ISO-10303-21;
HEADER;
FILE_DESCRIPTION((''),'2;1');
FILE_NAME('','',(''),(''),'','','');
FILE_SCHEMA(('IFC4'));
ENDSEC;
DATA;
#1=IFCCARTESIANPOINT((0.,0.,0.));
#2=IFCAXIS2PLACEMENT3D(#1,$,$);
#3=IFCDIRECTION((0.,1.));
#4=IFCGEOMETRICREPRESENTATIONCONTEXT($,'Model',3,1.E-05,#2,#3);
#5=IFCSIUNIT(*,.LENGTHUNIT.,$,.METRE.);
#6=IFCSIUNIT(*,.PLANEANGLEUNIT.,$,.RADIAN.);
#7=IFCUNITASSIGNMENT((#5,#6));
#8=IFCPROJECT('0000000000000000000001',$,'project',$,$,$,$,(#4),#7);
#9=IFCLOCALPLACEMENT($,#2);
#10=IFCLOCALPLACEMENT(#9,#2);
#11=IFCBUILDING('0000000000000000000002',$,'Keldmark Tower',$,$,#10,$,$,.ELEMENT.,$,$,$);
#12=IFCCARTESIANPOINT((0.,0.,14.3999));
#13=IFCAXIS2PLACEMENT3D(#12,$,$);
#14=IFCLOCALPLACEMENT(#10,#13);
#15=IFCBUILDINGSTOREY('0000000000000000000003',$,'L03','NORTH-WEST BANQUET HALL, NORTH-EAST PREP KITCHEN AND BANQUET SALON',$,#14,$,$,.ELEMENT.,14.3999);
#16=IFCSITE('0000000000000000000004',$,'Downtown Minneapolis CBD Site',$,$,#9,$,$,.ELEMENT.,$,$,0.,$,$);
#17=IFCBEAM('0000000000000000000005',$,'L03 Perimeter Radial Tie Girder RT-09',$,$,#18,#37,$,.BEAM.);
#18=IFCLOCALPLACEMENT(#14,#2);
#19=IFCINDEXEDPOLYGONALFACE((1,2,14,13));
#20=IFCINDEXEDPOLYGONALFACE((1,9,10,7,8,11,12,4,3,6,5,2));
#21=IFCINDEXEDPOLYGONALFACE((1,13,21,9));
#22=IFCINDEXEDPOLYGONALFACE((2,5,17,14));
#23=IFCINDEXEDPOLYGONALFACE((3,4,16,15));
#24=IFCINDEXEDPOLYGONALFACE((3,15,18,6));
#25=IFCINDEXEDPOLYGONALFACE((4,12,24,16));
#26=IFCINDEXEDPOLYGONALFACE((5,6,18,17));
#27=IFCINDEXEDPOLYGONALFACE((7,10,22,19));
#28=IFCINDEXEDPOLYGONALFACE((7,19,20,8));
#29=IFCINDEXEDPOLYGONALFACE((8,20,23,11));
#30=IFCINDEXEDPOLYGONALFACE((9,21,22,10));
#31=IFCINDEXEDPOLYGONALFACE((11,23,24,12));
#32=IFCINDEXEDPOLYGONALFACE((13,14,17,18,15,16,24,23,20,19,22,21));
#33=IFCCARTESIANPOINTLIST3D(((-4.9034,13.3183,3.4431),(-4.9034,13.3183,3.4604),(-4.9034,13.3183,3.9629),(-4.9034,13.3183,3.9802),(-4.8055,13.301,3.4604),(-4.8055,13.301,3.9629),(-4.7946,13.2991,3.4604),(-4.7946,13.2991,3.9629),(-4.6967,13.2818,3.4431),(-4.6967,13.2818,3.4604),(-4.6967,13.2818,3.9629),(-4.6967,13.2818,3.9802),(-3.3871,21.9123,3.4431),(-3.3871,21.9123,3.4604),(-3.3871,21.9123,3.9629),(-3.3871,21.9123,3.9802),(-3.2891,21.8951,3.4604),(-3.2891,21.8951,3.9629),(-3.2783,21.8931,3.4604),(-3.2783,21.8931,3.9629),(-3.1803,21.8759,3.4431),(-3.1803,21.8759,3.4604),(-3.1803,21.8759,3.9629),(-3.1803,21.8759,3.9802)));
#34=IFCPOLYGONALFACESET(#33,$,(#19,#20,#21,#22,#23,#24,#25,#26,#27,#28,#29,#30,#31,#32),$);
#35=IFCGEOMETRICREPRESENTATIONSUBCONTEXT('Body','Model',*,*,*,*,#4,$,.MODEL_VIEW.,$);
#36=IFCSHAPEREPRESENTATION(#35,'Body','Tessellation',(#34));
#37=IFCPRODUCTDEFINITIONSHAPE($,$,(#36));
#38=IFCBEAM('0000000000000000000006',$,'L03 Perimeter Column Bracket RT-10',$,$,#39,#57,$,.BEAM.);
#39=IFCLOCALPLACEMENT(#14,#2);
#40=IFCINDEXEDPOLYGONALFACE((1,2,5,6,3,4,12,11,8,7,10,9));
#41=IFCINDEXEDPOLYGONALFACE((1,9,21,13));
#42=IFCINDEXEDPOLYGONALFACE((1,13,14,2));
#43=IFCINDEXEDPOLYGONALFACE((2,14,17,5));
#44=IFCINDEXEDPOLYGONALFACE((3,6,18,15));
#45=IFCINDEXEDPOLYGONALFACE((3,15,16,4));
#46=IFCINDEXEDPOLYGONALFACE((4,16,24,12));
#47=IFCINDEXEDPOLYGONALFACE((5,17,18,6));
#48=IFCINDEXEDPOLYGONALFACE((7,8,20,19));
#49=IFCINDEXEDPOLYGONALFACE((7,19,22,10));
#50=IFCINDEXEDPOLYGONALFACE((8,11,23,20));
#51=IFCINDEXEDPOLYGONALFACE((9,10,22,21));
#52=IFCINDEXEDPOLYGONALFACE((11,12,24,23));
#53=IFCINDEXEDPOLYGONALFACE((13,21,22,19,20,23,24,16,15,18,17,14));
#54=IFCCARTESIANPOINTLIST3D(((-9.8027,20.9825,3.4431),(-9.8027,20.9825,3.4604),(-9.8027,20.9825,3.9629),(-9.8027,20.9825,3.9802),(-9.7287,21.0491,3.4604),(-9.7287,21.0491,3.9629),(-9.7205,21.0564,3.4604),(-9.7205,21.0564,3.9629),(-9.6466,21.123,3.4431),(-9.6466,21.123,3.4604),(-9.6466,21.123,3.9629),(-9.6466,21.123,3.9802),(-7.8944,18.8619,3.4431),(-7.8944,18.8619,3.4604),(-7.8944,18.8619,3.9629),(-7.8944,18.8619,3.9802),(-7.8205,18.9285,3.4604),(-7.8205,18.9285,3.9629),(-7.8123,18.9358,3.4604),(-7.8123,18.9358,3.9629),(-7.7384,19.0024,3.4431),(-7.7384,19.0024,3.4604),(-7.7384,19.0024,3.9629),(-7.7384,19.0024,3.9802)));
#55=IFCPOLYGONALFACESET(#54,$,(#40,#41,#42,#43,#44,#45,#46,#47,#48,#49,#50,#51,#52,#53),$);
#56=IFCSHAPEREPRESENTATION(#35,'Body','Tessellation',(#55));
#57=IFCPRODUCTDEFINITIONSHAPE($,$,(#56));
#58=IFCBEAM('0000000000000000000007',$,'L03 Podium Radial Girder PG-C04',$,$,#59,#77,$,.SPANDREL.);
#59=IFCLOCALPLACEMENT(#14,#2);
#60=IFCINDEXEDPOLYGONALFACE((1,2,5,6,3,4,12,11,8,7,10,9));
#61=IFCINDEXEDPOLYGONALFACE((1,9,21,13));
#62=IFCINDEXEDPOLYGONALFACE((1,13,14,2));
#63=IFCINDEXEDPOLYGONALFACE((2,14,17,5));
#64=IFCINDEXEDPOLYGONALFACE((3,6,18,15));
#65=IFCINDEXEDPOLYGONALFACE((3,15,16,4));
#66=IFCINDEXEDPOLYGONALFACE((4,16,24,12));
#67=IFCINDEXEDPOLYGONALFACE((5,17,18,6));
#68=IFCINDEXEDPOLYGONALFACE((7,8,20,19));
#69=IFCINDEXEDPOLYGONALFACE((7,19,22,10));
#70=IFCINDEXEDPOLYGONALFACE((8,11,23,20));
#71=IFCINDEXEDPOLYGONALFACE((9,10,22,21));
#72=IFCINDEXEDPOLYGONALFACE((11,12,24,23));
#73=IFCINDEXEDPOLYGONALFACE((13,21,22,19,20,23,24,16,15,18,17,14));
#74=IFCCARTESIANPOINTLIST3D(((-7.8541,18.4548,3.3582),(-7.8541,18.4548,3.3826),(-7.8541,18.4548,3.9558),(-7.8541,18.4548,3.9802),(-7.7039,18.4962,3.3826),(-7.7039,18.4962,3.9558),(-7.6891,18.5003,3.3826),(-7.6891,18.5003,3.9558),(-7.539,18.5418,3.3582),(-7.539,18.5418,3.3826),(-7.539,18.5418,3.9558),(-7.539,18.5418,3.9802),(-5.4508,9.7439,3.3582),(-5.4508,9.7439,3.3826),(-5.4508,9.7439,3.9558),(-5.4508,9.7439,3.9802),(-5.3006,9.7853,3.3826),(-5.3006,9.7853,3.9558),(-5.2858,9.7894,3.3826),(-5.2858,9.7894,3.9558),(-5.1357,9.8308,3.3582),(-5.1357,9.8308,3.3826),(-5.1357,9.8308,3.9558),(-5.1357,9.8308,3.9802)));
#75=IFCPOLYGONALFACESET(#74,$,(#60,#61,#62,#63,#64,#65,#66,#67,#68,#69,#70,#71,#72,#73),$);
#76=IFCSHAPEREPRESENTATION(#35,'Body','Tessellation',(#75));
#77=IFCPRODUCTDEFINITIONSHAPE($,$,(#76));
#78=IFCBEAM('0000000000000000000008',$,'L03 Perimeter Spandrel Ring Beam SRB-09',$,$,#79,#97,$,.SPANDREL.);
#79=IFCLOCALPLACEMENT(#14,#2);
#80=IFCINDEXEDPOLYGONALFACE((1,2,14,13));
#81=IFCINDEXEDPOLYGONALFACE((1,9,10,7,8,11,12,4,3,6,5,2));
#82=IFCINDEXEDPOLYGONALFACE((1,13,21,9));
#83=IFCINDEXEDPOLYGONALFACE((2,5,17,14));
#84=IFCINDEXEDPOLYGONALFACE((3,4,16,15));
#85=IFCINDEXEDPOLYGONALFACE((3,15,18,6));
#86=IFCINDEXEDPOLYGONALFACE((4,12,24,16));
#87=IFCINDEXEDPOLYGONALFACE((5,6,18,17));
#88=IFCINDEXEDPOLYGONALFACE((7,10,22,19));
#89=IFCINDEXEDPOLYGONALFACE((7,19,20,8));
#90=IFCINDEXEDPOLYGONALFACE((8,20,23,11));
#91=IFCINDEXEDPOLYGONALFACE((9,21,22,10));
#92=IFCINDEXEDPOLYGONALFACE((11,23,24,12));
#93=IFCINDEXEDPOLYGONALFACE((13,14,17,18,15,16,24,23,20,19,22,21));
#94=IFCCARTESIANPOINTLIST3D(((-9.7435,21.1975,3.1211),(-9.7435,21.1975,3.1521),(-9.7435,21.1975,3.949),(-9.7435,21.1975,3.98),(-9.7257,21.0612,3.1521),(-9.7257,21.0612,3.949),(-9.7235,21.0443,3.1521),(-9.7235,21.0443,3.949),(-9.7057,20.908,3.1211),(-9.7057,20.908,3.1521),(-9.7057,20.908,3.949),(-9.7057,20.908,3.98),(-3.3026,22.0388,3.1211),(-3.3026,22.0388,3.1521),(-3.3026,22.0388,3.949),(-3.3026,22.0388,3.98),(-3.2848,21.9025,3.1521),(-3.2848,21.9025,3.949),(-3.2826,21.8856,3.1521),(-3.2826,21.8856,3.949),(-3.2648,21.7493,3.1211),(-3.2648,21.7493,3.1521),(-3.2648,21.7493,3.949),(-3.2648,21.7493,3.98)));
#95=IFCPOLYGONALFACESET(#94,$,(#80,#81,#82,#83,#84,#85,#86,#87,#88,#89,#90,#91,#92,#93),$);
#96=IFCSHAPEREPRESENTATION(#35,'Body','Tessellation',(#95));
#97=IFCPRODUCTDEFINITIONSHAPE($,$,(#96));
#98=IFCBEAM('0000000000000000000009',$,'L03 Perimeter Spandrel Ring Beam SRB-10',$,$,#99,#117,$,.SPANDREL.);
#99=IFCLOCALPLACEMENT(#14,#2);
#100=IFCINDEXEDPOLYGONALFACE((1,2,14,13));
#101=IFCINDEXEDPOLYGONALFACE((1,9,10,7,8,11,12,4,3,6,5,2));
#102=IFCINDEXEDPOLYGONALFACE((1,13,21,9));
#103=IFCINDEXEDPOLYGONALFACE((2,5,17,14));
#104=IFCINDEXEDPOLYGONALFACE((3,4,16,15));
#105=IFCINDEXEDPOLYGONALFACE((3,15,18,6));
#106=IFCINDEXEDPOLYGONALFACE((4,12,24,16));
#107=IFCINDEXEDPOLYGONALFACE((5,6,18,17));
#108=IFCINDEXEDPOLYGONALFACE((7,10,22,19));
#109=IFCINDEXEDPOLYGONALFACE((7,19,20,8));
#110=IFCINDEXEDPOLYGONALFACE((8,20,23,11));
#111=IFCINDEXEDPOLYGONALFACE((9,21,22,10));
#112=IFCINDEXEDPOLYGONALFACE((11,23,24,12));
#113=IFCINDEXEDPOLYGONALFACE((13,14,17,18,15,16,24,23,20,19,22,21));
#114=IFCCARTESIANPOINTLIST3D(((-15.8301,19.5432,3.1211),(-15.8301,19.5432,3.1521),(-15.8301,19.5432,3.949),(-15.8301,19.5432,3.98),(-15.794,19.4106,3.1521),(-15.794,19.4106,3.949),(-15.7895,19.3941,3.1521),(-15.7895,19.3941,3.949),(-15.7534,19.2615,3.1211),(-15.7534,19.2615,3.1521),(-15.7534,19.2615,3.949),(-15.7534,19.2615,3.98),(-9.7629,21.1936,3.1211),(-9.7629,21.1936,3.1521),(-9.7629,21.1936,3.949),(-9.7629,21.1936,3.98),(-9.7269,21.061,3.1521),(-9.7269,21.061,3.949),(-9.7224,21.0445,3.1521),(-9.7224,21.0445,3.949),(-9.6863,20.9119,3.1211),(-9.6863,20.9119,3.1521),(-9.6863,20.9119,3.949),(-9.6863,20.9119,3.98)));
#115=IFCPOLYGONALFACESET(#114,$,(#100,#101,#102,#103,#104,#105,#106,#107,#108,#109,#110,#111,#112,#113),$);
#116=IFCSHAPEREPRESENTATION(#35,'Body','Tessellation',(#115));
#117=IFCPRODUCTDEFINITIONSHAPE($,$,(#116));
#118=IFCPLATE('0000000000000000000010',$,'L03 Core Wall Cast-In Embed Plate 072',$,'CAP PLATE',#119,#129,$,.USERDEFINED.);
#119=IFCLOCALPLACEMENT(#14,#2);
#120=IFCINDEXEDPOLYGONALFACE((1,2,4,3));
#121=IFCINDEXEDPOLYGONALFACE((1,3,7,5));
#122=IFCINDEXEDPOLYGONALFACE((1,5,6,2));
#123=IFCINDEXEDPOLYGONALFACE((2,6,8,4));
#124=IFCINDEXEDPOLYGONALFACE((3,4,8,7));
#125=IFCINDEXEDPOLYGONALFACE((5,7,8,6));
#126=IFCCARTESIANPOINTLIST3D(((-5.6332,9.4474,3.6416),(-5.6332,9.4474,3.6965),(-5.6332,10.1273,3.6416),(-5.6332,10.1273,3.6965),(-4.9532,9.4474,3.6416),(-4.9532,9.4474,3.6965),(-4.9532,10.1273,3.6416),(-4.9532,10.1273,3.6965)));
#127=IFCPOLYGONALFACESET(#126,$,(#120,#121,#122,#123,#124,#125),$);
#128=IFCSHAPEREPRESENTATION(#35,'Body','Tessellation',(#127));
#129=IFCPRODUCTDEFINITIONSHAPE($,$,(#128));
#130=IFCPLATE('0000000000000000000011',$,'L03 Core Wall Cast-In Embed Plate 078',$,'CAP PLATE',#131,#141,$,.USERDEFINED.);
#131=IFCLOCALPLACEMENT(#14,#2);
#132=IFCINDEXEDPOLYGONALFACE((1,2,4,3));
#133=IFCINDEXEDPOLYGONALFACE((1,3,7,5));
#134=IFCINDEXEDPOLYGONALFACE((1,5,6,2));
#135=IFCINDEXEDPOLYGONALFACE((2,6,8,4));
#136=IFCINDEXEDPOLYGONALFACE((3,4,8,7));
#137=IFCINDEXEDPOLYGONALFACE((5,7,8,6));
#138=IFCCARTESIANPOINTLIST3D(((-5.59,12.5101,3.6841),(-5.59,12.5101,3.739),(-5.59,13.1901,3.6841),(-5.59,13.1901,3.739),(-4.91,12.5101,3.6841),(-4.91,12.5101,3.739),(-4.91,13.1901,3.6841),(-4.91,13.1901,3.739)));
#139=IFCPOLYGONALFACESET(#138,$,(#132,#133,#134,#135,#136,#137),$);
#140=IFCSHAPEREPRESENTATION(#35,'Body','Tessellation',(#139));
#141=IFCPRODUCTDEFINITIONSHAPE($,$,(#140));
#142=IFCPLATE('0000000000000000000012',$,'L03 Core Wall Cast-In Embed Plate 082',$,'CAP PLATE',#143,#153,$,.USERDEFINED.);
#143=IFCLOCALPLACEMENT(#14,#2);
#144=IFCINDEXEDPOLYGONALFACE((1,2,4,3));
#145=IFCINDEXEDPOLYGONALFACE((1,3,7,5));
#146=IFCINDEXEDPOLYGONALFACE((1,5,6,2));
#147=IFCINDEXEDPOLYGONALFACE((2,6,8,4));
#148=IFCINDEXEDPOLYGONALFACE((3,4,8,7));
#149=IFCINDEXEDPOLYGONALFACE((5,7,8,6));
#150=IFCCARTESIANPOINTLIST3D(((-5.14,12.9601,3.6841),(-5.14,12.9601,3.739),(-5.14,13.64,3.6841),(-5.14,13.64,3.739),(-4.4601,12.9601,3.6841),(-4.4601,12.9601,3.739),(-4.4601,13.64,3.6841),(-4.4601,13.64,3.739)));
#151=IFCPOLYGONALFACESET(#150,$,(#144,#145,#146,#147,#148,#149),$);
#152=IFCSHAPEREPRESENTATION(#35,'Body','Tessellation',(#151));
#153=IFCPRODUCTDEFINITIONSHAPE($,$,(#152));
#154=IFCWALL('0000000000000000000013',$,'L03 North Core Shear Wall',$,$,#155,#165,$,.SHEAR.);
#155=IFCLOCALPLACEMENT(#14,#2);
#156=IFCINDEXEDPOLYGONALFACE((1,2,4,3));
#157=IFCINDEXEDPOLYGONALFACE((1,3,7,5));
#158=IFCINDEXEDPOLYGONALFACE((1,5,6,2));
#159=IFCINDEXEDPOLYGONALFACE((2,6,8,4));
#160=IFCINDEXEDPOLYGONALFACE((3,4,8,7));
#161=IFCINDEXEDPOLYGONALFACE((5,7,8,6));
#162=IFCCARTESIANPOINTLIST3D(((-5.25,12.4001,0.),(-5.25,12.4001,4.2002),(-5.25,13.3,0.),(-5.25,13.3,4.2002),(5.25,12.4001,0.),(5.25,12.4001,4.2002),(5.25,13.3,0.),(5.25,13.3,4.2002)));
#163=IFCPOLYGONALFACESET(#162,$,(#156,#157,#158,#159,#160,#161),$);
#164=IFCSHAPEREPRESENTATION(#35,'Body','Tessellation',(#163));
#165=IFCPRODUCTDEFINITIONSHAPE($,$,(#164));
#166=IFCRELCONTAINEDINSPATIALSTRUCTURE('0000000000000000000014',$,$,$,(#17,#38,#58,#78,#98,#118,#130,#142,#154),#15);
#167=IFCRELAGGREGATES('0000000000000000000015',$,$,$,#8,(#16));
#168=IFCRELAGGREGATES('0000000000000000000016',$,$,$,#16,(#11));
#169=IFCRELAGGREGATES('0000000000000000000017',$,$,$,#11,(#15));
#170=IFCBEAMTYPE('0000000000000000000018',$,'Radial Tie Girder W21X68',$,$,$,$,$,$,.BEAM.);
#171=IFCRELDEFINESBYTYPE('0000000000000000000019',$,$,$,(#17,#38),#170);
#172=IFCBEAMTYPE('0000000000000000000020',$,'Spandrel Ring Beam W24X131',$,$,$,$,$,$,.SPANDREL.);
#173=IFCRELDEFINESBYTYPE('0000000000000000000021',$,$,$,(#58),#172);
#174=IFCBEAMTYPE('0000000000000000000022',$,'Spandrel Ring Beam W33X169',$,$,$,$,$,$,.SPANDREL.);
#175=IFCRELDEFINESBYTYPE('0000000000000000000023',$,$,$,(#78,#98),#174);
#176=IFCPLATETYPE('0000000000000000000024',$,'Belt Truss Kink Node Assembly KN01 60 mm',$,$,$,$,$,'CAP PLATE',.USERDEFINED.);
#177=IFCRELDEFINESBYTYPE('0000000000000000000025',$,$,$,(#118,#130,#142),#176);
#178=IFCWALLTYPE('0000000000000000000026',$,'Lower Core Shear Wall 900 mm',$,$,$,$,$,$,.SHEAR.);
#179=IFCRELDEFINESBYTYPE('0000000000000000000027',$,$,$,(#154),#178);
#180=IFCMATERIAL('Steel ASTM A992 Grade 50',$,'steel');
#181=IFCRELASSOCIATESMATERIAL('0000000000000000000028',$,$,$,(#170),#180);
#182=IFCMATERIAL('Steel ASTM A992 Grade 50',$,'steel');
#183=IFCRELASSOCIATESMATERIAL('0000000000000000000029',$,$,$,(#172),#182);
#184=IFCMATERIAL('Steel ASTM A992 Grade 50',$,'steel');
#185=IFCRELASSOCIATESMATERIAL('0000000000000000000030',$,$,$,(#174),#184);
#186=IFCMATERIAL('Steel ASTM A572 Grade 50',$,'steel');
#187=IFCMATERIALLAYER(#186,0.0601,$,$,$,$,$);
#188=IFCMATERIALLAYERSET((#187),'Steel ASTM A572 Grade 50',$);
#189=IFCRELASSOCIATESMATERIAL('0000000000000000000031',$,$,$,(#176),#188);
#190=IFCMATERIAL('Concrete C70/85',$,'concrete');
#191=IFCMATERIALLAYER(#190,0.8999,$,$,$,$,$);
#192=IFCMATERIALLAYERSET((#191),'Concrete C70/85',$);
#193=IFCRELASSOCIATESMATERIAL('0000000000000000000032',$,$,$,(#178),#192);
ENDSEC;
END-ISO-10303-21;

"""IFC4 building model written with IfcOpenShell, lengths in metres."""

from ifc_helpers import new_model, si_unit, direction, frame, frame_2d, origin, origin_2d, place, context, subcontext, project, spatial, rectangle, i_section, extrude, material, layer, layer_set, material_profile, profile_set, type_object, element, save


model = new_model("IFC4")

# Units and contexts
model_context = context("Model", 3, precision=1e-05, world=origin(), true_north=direction((0.0, 1.0)))
body_context = subcontext(model_context, "Body", "Model", "MODEL_VIEW")
ifc_project = project(units=[si_unit("LENGTHUNIT", "METRE"), si_unit("PLANEANGLEUNIT", "RADIAN")], contexts=[model_context])

# Site, building, storey
site_placement = place(None, origin())
site = spatial("IfcSite", under=ifc_project, at=site_placement, Name="Downtown Minneapolis CBD Site", CompositionType="ELEMENT", RefElevation=0.0)
building_placement = place(site_placement, origin())
building = spatial("IfcBuilding", under=site, at=building_placement, Name="Keldmark Tower", CompositionType="ELEMENT")
storey_placement = place(building_placement, frame((0.0, 0.0, 14.3999)))
storey = spatial("IfcBuildingStorey", under=building, at=storey_placement, Name="L03", Description="NORTH-WEST BANQUET HALL, NORTH-EAST PREP KITCHEN AND BANQUET SALON", CompositionType="ELEMENT", Elevation=14.3999)

# Beams
ifc_material_1 = material(Name="Steel ASTM A992 Grade 50", Category="steel")
ifc_material_profile_1 = material_profile(ifc_material_1, i_section(OverallWidth=0.21, OverallDepth=0.5371, WebThickness=0.011, FlangeThickness=0.0173, at=origin_2d()), Name="W21X68")
ifc_profile_set_1 = profile_set([ifc_material_profile_1], Name="Steel ASTM A992 Grade 50")
beam_type_1 = type_object("IfcBeamType", Name="Radial Tie Girder W21X68", PredefinedType="BEAM", material=ifc_profile_set_1)
beam_1_placement = place(storey_placement, frame((-4.8, 13.3, 3.7117), z_axis=(0.17376, 0.984788, 0.0), x_axis=(-0.984788, 0.17376, 0.0)))
element("IfcBeam", 1, at=beam_1_placement, inside=storey, type_object=beam_type_1, Name="L03 Perimeter Radial Tie Girder RT-09", PredefinedType="BEAM", context=body_context, shape_type="SweptSolid", body=[
    extrude(i_section(OverallWidth=0.21, OverallDepth=0.5371, WebThickness=0.011, FlangeThickness=0.0173, at=origin_2d()), origin(), (0.0, 0.0, 1.0), 8.7268),
])
beam_2_placement = place(storey_placement, frame((-7.8164, 18.9321, 3.7117), z_axis=(-0.668899, 0.743354, 0.0), x_axis=(-0.743354, -0.668899, 0.0)))
element("IfcBeam", 2, at=beam_2_placement, inside=storey, type_object=beam_type_1, Name="L03 Perimeter Column Bracket RT-10", PredefinedType="BEAM", context=body_context, shape_type="SweptSolid", body=[
    extrude(i_section(OverallWidth=0.21, OverallDepth=0.5371, WebThickness=0.011, FlangeThickness=0.0173, at=origin_2d()), origin(), (0.0, 0.0, 1.0), 2.8528),
])
ifc_material_2 = material(Name="Steel ASTM A992 Grade 50", Category="steel")
ifc_material_profile_2 = material_profile(ifc_material_2, i_section(OverallWidth=0.3269, OverallDepth=0.6221, WebThickness=0.0154, FlangeThickness=0.0244, at=origin_2d()), Name="W24X131")
ifc_profile_set_2 = profile_set([ifc_material_profile_2], Name="Steel ASTM A992 Grade 50")
beam_type_2 = type_object("IfcBeamType", Name="Spandrel Ring Beam W24X131", PredefinedType="SPANDREL", material=ifc_profile_set_2)
beam_3_placement = place(storey_placement, frame((-7.6965, 18.4983, 3.6692), z_axis=(0.26596, -0.963984, 0.0), x_axis=(0.963984, 0.26596, 0.0)))
element("IfcBeam", 3, at=beam_3_placement, inside=storey, type_object=beam_type_2, Name="L03 Podium Radial Girder PG-C04", PredefinedType="SPANDREL", context=body_context, shape_type="SweptSolid", body=[
    extrude(i_section(OverallWidth=0.3269, OverallDepth=0.6221, WebThickness=0.0154, FlangeThickness=0.0244, at=origin_2d()), origin(), (0.0, 0.0, 1.0), 9.0364),
])
ifc_material_3 = material(Name="Steel ASTM A992 Grade 50", Category="steel")
ifc_material_profile_3 = material_profile(ifc_material_3, i_section(OverallWidth=0.292, OverallDepth=0.8589, WebThickness=0.0171, FlangeThickness=0.031, at=origin_2d()), Name="W33X169")
ifc_profile_set_3 = profile_set([ifc_material_profile_3], Name="Steel ASTM A992 Grade 50")
beam_type_3 = type_object("IfcBeamType", Name="Spandrel Ring Beam W33X169", PredefinedType="SPANDREL", material=ifc_profile_set_3)
beam_4_placement = place(storey_placement, frame((-3.2837, 21.894, 3.5505), z_axis=(-0.991577, -0.129519, 0.0), x_axis=(0.129519, -0.991577, 0.0)))
element("IfcBeam", 4, at=beam_4_placement, inside=storey, type_object=beam_type_3, Name="L03 Perimeter Spandrel Ring Beam SRB-09", PredefinedType="SPANDREL", context=body_context, shape_type="SweptSolid", body=[
    extrude(i_section(OverallWidth=0.292, OverallDepth=0.8589, WebThickness=0.0171, FlangeThickness=0.031, at=origin_2d()), origin(), (0.0, 0.0, 1.0), 6.4956),
])
beam_5_placement = place(storey_placement, frame((-9.7246, 21.0527, 3.5505), z_axis=(-0.964937, -0.262483, 0.0), x_axis=(0.262483, -0.964937, 0.0)))
element("IfcBeam", 5, at=beam_5_placement, inside=storey, type_object=beam_type_3, Name="L03 Perimeter Spandrel Ring Beam SRB-10", PredefinedType="SPANDREL", context=body_context, shape_type="SweptSolid", body=[
    extrude(i_section(OverallWidth=0.292, OverallDepth=0.8589, WebThickness=0.0171, FlangeThickness=0.031, at=origin_2d()), origin(), (0.0, 0.0, 1.0), 6.2876),
])

# Plates
ifc_material_4 = material(Name="Steel ASTM A572 Grade 50", Category="steel")
ifc_layer_1 = layer(ifc_material_4, 0.0601)
ifc_layer_set_1 = layer_set([ifc_layer_1], Name="Steel ASTM A572 Grade 50")
plate_type = type_object("IfcPlateType", Name="Belt Truss Kink Node Assembly KN01 60 mm", ElementType="CAP PLATE", PredefinedType="USERDEFINED", material=ifc_layer_set_1)
for number, where, z_axis, x_axis, name in (
    (6, (-5.2932, 9.7874, 3.6416), (0.0, 0.0, 1.0), (1.0, 0.0, 0.0), "L03 Core Wall Cast-In Embed Plate 072"),
    (7, (-5.25, 12.8501, 3.6841), (0.0, 0.0, 1.0), (1.0, 0.0, 0.0), "L03 Core Wall Cast-In Embed Plate 078"),
    (8, (-4.8, 13.3, 3.6841), (0.0, 0.0, 1.0), (1.0, 0.0, 0.0), "L03 Core Wall Cast-In Embed Plate 082"),
):
    element("IfcPlate", number, at=place(storey_placement, frame(where, z_axis=z_axis, x_axis=x_axis)), inside=storey, type_object=plate_type, Name=name, ObjectType="CAP PLATE", PredefinedType="USERDEFINED", context=body_context, shape_type="SweptSolid", body=[
        extrude(rectangle(XDim=0.6799, YDim=0.6799, at=origin_2d()), origin(), (0.0, 0.0, 1.0), 0.0549),
    ])

# Wall
ifc_material_5 = material(Name="Concrete C70/85", Category="concrete")
ifc_layer_2 = layer(ifc_material_5, 0.8999)
ifc_layer_set_2 = layer_set([ifc_layer_2], Name="Concrete C70/85")
wall_type_1 = type_object("IfcWallType", Name="Lower Core Shear Wall 900 mm", PredefinedType="SHEAR", material=ifc_layer_set_2)
wall_1_placement = place(storey_placement, frame((-5.25, 12.8501, 0.0), z_axis=(0.0, 0.0, 1.0), x_axis=(1.0, 0.0, 0.0)))
element("IfcWall", 9, at=wall_1_placement, inside=storey, type_object=wall_type_1, Name="L03 North Core Shear Wall", PredefinedType="SHEAR", context=body_context, shape_type="SweptSolid", body=[
    extrude(rectangle(XDim=10.5, YDim=0.8999, at=frame_2d((5.25, 0.0))), origin(), (0.0, 0.0, 1.0), 4.2002),
])

save(model, "model.ifc")
